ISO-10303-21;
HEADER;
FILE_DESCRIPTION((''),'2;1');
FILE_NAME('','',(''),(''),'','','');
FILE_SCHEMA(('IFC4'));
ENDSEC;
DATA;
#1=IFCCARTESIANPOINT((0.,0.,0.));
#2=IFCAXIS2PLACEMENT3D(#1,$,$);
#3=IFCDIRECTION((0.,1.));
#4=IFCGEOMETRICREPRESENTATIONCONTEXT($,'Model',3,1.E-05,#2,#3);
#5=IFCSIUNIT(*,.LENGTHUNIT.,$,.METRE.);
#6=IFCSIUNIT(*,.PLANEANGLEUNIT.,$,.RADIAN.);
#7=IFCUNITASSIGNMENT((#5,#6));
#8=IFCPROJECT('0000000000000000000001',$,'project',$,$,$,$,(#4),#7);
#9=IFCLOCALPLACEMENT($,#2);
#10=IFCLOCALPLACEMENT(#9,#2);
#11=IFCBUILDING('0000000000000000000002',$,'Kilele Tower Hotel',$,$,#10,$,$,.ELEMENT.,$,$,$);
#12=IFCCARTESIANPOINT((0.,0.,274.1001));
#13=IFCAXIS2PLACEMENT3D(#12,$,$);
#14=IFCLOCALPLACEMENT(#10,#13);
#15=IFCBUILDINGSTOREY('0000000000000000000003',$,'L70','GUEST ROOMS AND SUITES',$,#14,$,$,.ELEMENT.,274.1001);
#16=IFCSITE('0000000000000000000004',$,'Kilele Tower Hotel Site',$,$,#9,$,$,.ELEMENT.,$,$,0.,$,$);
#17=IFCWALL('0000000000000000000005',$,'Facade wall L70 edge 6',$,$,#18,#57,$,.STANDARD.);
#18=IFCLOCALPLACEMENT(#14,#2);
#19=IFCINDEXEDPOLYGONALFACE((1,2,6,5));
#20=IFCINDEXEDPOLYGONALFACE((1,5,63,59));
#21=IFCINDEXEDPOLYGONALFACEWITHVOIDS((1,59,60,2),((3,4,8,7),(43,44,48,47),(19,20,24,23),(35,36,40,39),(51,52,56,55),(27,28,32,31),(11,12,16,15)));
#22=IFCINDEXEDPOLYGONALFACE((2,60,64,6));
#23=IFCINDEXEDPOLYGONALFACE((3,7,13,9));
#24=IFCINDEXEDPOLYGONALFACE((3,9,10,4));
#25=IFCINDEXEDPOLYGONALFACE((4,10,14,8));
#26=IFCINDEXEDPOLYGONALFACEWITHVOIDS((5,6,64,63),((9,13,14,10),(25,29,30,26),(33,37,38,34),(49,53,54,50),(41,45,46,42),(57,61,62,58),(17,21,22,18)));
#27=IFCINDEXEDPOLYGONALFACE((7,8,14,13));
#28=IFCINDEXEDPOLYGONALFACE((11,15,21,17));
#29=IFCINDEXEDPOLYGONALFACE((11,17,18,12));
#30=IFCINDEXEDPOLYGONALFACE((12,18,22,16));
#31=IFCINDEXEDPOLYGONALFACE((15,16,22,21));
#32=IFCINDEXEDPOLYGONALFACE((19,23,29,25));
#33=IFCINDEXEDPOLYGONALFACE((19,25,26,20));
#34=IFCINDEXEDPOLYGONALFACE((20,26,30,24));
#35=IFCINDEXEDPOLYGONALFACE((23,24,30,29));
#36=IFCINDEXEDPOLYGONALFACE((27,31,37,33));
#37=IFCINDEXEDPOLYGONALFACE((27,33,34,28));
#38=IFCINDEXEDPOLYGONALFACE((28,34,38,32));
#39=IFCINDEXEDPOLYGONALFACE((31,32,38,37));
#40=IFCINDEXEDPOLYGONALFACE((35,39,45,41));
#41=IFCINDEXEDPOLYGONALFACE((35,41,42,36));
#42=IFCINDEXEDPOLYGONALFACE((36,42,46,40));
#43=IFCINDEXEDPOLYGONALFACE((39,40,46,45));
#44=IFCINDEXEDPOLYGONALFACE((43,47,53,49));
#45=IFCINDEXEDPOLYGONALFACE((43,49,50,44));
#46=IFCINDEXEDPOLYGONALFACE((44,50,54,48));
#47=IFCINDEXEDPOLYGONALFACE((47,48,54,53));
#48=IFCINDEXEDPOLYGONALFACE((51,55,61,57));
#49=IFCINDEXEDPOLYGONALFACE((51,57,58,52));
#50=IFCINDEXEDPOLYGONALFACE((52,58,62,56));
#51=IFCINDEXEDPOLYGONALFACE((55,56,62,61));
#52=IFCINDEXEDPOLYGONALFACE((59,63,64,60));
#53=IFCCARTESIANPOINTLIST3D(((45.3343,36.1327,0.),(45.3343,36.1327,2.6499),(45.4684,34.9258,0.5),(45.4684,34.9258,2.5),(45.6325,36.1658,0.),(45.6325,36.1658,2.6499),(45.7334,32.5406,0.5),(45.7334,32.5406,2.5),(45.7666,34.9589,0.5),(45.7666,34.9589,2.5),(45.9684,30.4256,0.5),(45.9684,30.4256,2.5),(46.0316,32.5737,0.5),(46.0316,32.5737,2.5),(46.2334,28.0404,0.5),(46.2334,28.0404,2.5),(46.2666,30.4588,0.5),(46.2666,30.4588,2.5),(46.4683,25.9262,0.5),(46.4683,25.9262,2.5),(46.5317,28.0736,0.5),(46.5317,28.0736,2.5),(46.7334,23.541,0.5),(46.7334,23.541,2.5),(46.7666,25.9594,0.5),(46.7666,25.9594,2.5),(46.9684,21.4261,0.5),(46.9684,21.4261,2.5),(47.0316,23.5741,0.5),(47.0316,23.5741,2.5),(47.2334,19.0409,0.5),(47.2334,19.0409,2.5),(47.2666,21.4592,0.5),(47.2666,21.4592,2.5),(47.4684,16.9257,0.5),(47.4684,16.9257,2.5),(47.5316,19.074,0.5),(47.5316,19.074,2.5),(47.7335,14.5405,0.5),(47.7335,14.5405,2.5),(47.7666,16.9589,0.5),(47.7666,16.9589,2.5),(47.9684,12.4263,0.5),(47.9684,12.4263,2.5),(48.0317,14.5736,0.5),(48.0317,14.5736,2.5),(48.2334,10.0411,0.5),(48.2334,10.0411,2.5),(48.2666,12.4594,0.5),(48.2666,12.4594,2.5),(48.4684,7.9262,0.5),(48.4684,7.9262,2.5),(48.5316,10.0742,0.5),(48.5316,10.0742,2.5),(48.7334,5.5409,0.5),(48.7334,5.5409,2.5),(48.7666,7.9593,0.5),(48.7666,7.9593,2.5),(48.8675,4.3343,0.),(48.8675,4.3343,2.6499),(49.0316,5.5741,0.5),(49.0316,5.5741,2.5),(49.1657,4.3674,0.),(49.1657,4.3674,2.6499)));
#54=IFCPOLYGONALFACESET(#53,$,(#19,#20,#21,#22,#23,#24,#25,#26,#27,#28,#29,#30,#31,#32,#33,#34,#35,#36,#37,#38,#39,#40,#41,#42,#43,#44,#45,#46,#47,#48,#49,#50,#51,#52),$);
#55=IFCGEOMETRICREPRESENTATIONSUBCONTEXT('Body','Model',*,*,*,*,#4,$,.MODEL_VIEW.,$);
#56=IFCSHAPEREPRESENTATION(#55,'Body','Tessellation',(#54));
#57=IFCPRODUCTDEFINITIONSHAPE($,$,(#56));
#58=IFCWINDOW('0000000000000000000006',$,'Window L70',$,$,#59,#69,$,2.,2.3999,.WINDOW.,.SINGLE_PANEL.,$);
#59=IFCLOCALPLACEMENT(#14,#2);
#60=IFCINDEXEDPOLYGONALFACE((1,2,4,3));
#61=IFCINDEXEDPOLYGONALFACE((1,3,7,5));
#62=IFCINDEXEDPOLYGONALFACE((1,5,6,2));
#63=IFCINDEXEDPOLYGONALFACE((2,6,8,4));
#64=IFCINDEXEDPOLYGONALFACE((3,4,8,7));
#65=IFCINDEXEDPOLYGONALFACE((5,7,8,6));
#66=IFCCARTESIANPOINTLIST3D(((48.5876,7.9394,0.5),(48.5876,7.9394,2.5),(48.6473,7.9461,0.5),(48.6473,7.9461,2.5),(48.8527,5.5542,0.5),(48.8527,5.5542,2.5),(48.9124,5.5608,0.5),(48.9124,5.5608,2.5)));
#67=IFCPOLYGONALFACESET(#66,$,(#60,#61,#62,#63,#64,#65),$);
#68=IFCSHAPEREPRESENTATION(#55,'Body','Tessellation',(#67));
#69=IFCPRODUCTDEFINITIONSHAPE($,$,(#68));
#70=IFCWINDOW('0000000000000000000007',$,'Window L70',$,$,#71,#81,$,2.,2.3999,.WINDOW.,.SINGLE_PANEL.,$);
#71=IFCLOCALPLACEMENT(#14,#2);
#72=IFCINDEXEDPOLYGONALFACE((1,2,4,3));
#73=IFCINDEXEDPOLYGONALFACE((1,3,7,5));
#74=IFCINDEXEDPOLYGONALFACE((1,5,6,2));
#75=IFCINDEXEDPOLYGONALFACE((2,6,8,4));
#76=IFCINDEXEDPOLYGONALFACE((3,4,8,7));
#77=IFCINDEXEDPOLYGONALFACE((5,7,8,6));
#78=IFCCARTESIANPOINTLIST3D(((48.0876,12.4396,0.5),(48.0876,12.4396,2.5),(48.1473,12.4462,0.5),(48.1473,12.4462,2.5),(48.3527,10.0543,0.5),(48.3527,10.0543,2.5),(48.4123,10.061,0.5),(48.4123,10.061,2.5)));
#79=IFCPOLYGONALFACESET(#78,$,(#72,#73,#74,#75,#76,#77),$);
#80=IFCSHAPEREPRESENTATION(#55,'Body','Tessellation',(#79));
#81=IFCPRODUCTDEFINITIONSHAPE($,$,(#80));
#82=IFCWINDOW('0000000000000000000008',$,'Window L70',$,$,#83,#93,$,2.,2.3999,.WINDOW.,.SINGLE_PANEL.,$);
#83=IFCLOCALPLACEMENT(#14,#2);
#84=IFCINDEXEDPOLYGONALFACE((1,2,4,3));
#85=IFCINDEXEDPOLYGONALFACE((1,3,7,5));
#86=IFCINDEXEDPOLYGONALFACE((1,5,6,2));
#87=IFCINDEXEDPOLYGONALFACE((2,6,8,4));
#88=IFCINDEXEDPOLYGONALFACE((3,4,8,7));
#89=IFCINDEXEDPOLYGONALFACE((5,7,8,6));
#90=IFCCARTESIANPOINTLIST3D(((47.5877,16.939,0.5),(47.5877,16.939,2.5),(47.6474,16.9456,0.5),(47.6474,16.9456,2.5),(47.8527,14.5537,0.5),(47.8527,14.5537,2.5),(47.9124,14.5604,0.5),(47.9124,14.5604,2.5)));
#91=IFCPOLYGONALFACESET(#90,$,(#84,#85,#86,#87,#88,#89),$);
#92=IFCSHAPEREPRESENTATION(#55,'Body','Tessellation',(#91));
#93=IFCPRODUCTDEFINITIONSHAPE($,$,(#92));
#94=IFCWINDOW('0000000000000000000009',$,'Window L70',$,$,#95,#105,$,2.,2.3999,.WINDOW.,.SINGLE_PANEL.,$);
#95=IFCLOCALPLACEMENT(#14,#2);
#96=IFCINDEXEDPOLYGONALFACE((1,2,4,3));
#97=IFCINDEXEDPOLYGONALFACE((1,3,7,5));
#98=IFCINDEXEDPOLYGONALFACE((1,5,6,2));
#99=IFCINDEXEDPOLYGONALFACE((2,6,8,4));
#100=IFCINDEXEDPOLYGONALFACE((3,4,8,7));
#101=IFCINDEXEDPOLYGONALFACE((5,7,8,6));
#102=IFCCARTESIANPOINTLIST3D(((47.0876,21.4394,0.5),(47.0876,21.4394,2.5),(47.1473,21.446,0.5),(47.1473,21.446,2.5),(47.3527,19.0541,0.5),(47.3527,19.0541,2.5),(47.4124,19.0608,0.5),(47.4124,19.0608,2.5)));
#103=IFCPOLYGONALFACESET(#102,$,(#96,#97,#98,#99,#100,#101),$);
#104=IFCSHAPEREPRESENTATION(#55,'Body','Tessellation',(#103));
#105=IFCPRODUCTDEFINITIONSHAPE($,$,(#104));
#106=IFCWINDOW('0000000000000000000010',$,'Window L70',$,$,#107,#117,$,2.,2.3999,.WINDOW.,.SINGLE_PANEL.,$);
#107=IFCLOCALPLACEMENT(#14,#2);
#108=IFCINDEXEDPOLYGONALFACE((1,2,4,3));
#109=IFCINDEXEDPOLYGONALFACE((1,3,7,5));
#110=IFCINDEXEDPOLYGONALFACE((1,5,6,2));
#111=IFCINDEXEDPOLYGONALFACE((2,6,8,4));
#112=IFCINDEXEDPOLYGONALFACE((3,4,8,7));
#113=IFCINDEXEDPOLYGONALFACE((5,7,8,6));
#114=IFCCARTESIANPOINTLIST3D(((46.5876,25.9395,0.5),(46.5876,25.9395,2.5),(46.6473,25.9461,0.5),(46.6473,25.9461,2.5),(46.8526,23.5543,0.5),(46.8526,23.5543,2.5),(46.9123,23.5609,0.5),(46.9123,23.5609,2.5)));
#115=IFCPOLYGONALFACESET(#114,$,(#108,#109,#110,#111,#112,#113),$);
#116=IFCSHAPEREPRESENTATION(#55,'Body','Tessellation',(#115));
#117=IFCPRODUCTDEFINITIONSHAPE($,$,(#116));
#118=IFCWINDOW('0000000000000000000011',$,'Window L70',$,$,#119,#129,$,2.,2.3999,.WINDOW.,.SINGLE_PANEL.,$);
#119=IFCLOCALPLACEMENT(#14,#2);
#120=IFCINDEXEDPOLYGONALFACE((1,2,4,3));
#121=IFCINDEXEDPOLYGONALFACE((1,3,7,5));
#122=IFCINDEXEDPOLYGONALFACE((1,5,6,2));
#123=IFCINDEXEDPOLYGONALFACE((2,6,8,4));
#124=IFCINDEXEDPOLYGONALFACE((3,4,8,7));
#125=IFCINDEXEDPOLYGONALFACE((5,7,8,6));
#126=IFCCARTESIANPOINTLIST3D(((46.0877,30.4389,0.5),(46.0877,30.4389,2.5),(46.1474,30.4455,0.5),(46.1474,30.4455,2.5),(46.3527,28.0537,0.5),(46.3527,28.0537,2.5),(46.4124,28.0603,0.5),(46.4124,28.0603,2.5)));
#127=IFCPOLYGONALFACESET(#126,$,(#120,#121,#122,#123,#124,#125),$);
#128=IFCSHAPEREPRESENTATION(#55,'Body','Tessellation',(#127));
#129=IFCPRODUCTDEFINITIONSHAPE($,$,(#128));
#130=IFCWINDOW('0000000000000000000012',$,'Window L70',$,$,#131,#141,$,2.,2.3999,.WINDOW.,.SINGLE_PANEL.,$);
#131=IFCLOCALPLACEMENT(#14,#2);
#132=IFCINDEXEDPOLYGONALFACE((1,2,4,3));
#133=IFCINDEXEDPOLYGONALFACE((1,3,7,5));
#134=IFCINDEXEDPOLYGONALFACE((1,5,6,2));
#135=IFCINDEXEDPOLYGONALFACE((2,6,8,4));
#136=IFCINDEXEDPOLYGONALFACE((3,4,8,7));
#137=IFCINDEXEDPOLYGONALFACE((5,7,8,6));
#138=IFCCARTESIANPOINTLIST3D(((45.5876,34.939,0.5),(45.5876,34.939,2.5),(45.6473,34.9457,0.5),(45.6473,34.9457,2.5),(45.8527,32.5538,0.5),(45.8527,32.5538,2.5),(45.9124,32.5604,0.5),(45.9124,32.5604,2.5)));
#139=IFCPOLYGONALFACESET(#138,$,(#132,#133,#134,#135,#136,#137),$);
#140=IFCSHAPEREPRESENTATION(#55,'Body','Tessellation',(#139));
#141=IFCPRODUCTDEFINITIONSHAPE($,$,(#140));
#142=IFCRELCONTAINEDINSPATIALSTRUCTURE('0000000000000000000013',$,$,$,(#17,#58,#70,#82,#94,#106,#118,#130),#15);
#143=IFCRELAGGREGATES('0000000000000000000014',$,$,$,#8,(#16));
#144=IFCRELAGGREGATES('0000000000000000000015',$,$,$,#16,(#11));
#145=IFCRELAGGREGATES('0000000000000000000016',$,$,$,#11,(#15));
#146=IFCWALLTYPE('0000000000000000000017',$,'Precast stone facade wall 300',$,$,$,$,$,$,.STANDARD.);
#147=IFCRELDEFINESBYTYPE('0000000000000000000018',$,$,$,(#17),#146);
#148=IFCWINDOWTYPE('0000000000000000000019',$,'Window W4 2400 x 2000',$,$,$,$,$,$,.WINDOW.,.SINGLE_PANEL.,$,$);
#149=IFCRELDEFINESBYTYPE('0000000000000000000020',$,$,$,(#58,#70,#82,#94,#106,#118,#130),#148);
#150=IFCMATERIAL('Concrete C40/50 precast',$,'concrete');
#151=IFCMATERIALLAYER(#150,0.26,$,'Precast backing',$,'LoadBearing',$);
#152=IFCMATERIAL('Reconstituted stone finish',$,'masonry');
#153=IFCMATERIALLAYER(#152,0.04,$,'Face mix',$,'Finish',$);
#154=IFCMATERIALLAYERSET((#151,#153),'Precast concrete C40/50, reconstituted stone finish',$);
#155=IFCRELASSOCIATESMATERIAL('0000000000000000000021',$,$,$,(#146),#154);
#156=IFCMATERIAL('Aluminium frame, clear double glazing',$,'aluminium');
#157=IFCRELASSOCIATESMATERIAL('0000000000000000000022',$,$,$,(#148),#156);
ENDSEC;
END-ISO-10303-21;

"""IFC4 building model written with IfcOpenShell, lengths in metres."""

from ifc_helpers import new_model, si_unit, direction, frame, frame_2d, origin, place, context, subcontext, project, spatial, rectangle, extrude, material, layer, layer_set, type_object, element, fill, save


model = new_model("IFC4")

# Units and contexts
model_context = context("Model", 3, precision=1e-05, world=origin(), true_north=direction((0.0, 1.0)))
body_context = subcontext(model_context, "Body", "Model", "MODEL_VIEW")
ifc_project = project(units=[si_unit("LENGTHUNIT", "METRE"), si_unit("PLANEANGLEUNIT", "RADIAN")], contexts=[model_context])

# Site, building, storey
site_placement = place(None, origin())
site = spatial("IfcSite", under=ifc_project, at=site_placement, Name="Kilele Tower Hotel Site", CompositionType="ELEMENT", RefElevation=0.0)
building_placement = place(site_placement, origin())
building = spatial("IfcBuilding", under=site, at=building_placement, Name="Kilele Tower Hotel", CompositionType="ELEMENT")
storey_placement = place(building_placement, frame((0.0, 0.0, 274.1001)))
storey = spatial("IfcBuildingStorey", under=building, at=storey_placement, Name="L70", Description="GUEST ROOMS AND SUITES", CompositionType="ELEMENT", Elevation=274.1001)

# Shared definitions
ifc_material_1 = material(Name="Concrete C40/50 precast", Category="concrete")
ifc_layer_1 = layer(ifc_material_1, 0.26, Name="Precast backing", Category="LoadBearing")
ifc_material_2 = material(Name="Reconstituted stone finish", Category="masonry")
ifc_layer_2 = layer(ifc_material_2, 0.04, Name="Face mix", Category="Finish")
ifc_layer_set = layer_set([ifc_layer_1, ifc_layer_2], Name="Precast concrete C40/50, reconstituted stone finish")
wall_type = type_object("IfcWallType", Name="Precast stone facade wall 300", PredefinedType="STANDARD", material=ifc_layer_set)
ifc_material_3 = material(Name="Aluminium frame, clear double glazing", Category="aluminium")
window_type_1 = type_object("IfcWindowType", Name="Window W4 2400 x 2000", PartitioningType="SINGLE_PANEL", PredefinedType="WINDOW", material=ifc_material_3)

# Wall, openings, windows
wall_1_placement = place(storey_placement, frame((49.0166, 4.3508, 0.0), z_axis=(0.0, 0.0, 1.0), x_axis=(-0.110433, 0.993884, 0.0)))
wall_1 = element("IfcWall", 1, at=wall_1_placement, inside=storey, type_object=wall_type, Name="Facade wall L70 edge 6", PredefinedType="STANDARD", context=body_context, shape_type="SweptSolid", body=[
    extrude(rectangle(XDim=31.9941, YDim=0.3, at=frame_2d((15.9971, 0.0))), origin(), (0.0, 0.0, 1.0), 2.6499),
])
opening_1_placement = place(wall_1_placement, frame((1.2141, 0.0, 0.5)))
opening_1 = element("IfcOpeningElement", 2, at=opening_1_placement, cuts=wall_1, PredefinedType="OPENING", context=body_context, shape_type="SweptSolid", body=[
    extrude(rectangle(XDim=2.3999, YDim=2.0, at=frame_2d((1.2, 1.0))), frame((0.0, 0.1599, 0.0), z_axis=(0.0, -1.0, 0.0), x_axis=(1.0, 0.0, 0.0)), (0.0, 0.0, 1.0), 0.3201),
])
opening_2_placement = place(wall_1_placement, frame((5.7419, 0.0, 0.5)))
opening_2 = element("IfcOpeningElement", 3, at=opening_2_placement, cuts=wall_1, PredefinedType="OPENING", context=body_context, shape_type="SweptSolid", body=[
    extrude(rectangle(XDim=2.3999, YDim=2.0, at=frame_2d((1.2, 1.0))), frame((0.0, 0.1599, 0.0), z_axis=(0.0, -1.0, 0.0), x_axis=(1.0, 0.0, 0.0)), (0.0, 0.0, 1.0), 0.3201),
])
opening_3_placement = place(wall_1_placement, frame((10.269, 0.0, 0.5)))
opening_3 = element("IfcOpeningElement", 4, at=opening_3_placement, cuts=wall_1, PredefinedType="OPENING", context=body_context, shape_type="SweptSolid", body=[
    extrude(rectangle(XDim=2.3999, YDim=2.0, at=frame_2d((1.2, 1.0))), frame((0.0, 0.1599, 0.0), z_axis=(0.0, -1.0, 0.0), x_axis=(1.0, 0.0, 0.0)), (0.0, 0.0, 1.0), 0.3201),
])
opening_4_placement = place(wall_1_placement, frame((14.7971, 0.0, 0.5)))
opening_4 = element("IfcOpeningElement", 5, at=opening_4_placement, cuts=wall_1, PredefinedType="OPENING", context=body_context, shape_type="SweptSolid", body=[
    extrude(rectangle(XDim=2.3999, YDim=2.0, at=frame_2d((1.2, 1.0))), frame((0.0, 0.1599, 0.0), z_axis=(0.0, -1.0, 0.0), x_axis=(1.0, 0.0, 0.0)), (0.0, 0.0, 1.0), 0.3201),
])
opening_5_placement = place(wall_1_placement, frame((19.325, 0.0, 0.5)))
opening_5 = element("IfcOpeningElement", 6, at=opening_5_placement, cuts=wall_1, PredefinedType="OPENING", context=body_context, shape_type="SweptSolid", body=[
    extrude(rectangle(XDim=2.3999, YDim=2.0, at=frame_2d((1.2, 1.0))), frame((0.0, 0.1599, 0.0), z_axis=(0.0, -1.0, 0.0), x_axis=(1.0, 0.0, 0.0)), (0.0, 0.0, 1.0), 0.3201),
])
opening_6_placement = place(wall_1_placement, frame((23.8521, 0.0, 0.5)))
opening_6 = element("IfcOpeningElement", 7, at=opening_6_placement, cuts=wall_1, PredefinedType="OPENING", context=body_context, shape_type="SweptSolid", body=[
    extrude(rectangle(XDim=2.3999, YDim=2.0, at=frame_2d((1.2, 1.0))), frame((0.0, 0.1599, 0.0), z_axis=(0.0, -1.0, 0.0), x_axis=(1.0, 0.0, 0.0)), (0.0, 0.0, 1.0), 0.3201),
])
opening_7_placement = place(wall_1_placement, frame((28.3799, 0.0, 0.5)))
opening_7 = element("IfcOpeningElement", 8, at=opening_7_placement, cuts=wall_1, PredefinedType="OPENING", context=body_context, shape_type="SweptSolid", body=[
    extrude(rectangle(XDim=2.3999, YDim=2.0, at=frame_2d((1.2, 1.0))), frame((0.0, 0.1599, 0.0), z_axis=(0.0, -1.0, 0.0), x_axis=(1.0, 0.0, 0.0)), (0.0, 0.0, 1.0), 0.3201),
])
window_1_placement = place(opening_1_placement, origin())
window_1 = element("IfcWindow", 9, at=window_1_placement, inside=storey, type_object=window_type_1, Name="Window L70", OverallHeight=2.0, OverallWidth=2.3999, PartitioningType="SINGLE_PANEL", PredefinedType="WINDOW", context=body_context, shape_type="SweptSolid", body=[
    extrude(rectangle(XDim=2.3999, YDim=2.0, at=frame_2d((1.2, 1.0))), frame((0.0, 0.03, 0.0), z_axis=(0.0, -1.0, 0.0), x_axis=(1.0, 0.0, 0.0)), (0.0, 0.0, 1.0), 0.0601),
])
fill(opening_1, window_1)
window_2_placement = place(opening_2_placement, origin())
window_2 = element("IfcWindow", 10, at=window_2_placement, inside=storey, type_object=window_type_1, Name="Window L70", OverallHeight=2.0, OverallWidth=2.3999, PartitioningType="SINGLE_PANEL", PredefinedType="WINDOW", context=body_context, shape_type="SweptSolid", body=[
    extrude(rectangle(XDim=2.3999, YDim=2.0, at=frame_2d((1.2, 1.0))), frame((0.0, 0.03, 0.0), z_axis=(0.0, -1.0, 0.0), x_axis=(1.0, 0.0, 0.0)), (0.0, 0.0, 1.0), 0.0601),
])
fill(opening_2, window_2)
window_3_placement = place(opening_3_placement, origin())
window_3 = element("IfcWindow", 11, at=window_3_placement, inside=storey, type_object=window_type_1, Name="Window L70", OverallHeight=2.0, OverallWidth=2.3999, PartitioningType="SINGLE_PANEL", PredefinedType="WINDOW", context=body_context, shape_type="SweptSolid", body=[
    extrude(rectangle(XDim=2.3999, YDim=2.0, at=frame_2d((1.2, 1.0))), frame((0.0, 0.03, 0.0), z_axis=(0.0, -1.0, 0.0), x_axis=(1.0, 0.0, 0.0)), (0.0, 0.0, 1.0), 0.0601),
])
fill(opening_3, window_3)
window_4_placement = place(opening_4_placement, origin())
window_4 = element("IfcWindow", 12, at=window_4_placement, inside=storey, type_object=window_type_1, Name="Window L70", OverallHeight=2.0, OverallWidth=2.3999, PartitioningType="SINGLE_PANEL", PredefinedType="WINDOW", context=body_context, shape_type="SweptSolid", body=[
    extrude(rectangle(XDim=2.3999, YDim=2.0, at=frame_2d((1.2, 1.0))), frame((0.0, 0.03, 0.0), z_axis=(0.0, -1.0, 0.0), x_axis=(1.0, 0.0, 0.0)), (0.0, 0.0, 1.0), 0.0601),
])
fill(opening_4, window_4)
window_5_placement = place(opening_5_placement, origin())
window_5 = element("IfcWindow", 13, at=window_5_placement, inside=storey, type_object=window_type_1, Name="Window L70", OverallHeight=2.0, OverallWidth=2.3999, PartitioningType="SINGLE_PANEL", PredefinedType="WINDOW", context=body_context, shape_type="SweptSolid", body=[
    extrude(rectangle(XDim=2.3999, YDim=2.0, at=frame_2d((1.2, 1.0))), frame((0.0, 0.03, 0.0), z_axis=(0.0, -1.0, 0.0), x_axis=(1.0, 0.0, 0.0)), (0.0, 0.0, 1.0), 0.0601),
])
fill(opening_5, window_5)
window_6_placement = place(opening_6_placement, origin())
window_6 = element("IfcWindow", 14, at=window_6_placement, inside=storey, type_object=window_type_1, Name="Window L70", OverallHeight=2.0, OverallWidth=2.3999, PartitioningType="SINGLE_PANEL", PredefinedType="WINDOW", context=body_context, shape_type="SweptSolid", body=[
    extrude(rectangle(XDim=2.3999, YDim=2.0, at=frame_2d((1.2, 1.0))), frame((0.0, 0.03, 0.0), z_axis=(0.0, -1.0, 0.0), x_axis=(1.0, 0.0, 0.0)), (0.0, 0.0, 1.0), 0.0601),
])
fill(opening_6, window_6)
window_7_placement = place(opening_7_placement, origin())
window_7 = element("IfcWindow", 15, at=window_7_placement, inside=storey, type_object=window_type_1, Name="Window L70", OverallHeight=2.0, OverallWidth=2.3999, PartitioningType="SINGLE_PANEL", PredefinedType="WINDOW", context=body_context, shape_type="SweptSolid", body=[
    extrude(rectangle(XDim=2.3999, YDim=2.0, at=frame_2d((1.2, 1.0))), frame((0.0, 0.03, 0.0), z_axis=(0.0, -1.0, 0.0), x_axis=(1.0, 0.0, 0.0)), (0.0, 0.0, 1.0), 0.0601),
])
fill(opening_7, window_7)

save(model, "model.ifc")
